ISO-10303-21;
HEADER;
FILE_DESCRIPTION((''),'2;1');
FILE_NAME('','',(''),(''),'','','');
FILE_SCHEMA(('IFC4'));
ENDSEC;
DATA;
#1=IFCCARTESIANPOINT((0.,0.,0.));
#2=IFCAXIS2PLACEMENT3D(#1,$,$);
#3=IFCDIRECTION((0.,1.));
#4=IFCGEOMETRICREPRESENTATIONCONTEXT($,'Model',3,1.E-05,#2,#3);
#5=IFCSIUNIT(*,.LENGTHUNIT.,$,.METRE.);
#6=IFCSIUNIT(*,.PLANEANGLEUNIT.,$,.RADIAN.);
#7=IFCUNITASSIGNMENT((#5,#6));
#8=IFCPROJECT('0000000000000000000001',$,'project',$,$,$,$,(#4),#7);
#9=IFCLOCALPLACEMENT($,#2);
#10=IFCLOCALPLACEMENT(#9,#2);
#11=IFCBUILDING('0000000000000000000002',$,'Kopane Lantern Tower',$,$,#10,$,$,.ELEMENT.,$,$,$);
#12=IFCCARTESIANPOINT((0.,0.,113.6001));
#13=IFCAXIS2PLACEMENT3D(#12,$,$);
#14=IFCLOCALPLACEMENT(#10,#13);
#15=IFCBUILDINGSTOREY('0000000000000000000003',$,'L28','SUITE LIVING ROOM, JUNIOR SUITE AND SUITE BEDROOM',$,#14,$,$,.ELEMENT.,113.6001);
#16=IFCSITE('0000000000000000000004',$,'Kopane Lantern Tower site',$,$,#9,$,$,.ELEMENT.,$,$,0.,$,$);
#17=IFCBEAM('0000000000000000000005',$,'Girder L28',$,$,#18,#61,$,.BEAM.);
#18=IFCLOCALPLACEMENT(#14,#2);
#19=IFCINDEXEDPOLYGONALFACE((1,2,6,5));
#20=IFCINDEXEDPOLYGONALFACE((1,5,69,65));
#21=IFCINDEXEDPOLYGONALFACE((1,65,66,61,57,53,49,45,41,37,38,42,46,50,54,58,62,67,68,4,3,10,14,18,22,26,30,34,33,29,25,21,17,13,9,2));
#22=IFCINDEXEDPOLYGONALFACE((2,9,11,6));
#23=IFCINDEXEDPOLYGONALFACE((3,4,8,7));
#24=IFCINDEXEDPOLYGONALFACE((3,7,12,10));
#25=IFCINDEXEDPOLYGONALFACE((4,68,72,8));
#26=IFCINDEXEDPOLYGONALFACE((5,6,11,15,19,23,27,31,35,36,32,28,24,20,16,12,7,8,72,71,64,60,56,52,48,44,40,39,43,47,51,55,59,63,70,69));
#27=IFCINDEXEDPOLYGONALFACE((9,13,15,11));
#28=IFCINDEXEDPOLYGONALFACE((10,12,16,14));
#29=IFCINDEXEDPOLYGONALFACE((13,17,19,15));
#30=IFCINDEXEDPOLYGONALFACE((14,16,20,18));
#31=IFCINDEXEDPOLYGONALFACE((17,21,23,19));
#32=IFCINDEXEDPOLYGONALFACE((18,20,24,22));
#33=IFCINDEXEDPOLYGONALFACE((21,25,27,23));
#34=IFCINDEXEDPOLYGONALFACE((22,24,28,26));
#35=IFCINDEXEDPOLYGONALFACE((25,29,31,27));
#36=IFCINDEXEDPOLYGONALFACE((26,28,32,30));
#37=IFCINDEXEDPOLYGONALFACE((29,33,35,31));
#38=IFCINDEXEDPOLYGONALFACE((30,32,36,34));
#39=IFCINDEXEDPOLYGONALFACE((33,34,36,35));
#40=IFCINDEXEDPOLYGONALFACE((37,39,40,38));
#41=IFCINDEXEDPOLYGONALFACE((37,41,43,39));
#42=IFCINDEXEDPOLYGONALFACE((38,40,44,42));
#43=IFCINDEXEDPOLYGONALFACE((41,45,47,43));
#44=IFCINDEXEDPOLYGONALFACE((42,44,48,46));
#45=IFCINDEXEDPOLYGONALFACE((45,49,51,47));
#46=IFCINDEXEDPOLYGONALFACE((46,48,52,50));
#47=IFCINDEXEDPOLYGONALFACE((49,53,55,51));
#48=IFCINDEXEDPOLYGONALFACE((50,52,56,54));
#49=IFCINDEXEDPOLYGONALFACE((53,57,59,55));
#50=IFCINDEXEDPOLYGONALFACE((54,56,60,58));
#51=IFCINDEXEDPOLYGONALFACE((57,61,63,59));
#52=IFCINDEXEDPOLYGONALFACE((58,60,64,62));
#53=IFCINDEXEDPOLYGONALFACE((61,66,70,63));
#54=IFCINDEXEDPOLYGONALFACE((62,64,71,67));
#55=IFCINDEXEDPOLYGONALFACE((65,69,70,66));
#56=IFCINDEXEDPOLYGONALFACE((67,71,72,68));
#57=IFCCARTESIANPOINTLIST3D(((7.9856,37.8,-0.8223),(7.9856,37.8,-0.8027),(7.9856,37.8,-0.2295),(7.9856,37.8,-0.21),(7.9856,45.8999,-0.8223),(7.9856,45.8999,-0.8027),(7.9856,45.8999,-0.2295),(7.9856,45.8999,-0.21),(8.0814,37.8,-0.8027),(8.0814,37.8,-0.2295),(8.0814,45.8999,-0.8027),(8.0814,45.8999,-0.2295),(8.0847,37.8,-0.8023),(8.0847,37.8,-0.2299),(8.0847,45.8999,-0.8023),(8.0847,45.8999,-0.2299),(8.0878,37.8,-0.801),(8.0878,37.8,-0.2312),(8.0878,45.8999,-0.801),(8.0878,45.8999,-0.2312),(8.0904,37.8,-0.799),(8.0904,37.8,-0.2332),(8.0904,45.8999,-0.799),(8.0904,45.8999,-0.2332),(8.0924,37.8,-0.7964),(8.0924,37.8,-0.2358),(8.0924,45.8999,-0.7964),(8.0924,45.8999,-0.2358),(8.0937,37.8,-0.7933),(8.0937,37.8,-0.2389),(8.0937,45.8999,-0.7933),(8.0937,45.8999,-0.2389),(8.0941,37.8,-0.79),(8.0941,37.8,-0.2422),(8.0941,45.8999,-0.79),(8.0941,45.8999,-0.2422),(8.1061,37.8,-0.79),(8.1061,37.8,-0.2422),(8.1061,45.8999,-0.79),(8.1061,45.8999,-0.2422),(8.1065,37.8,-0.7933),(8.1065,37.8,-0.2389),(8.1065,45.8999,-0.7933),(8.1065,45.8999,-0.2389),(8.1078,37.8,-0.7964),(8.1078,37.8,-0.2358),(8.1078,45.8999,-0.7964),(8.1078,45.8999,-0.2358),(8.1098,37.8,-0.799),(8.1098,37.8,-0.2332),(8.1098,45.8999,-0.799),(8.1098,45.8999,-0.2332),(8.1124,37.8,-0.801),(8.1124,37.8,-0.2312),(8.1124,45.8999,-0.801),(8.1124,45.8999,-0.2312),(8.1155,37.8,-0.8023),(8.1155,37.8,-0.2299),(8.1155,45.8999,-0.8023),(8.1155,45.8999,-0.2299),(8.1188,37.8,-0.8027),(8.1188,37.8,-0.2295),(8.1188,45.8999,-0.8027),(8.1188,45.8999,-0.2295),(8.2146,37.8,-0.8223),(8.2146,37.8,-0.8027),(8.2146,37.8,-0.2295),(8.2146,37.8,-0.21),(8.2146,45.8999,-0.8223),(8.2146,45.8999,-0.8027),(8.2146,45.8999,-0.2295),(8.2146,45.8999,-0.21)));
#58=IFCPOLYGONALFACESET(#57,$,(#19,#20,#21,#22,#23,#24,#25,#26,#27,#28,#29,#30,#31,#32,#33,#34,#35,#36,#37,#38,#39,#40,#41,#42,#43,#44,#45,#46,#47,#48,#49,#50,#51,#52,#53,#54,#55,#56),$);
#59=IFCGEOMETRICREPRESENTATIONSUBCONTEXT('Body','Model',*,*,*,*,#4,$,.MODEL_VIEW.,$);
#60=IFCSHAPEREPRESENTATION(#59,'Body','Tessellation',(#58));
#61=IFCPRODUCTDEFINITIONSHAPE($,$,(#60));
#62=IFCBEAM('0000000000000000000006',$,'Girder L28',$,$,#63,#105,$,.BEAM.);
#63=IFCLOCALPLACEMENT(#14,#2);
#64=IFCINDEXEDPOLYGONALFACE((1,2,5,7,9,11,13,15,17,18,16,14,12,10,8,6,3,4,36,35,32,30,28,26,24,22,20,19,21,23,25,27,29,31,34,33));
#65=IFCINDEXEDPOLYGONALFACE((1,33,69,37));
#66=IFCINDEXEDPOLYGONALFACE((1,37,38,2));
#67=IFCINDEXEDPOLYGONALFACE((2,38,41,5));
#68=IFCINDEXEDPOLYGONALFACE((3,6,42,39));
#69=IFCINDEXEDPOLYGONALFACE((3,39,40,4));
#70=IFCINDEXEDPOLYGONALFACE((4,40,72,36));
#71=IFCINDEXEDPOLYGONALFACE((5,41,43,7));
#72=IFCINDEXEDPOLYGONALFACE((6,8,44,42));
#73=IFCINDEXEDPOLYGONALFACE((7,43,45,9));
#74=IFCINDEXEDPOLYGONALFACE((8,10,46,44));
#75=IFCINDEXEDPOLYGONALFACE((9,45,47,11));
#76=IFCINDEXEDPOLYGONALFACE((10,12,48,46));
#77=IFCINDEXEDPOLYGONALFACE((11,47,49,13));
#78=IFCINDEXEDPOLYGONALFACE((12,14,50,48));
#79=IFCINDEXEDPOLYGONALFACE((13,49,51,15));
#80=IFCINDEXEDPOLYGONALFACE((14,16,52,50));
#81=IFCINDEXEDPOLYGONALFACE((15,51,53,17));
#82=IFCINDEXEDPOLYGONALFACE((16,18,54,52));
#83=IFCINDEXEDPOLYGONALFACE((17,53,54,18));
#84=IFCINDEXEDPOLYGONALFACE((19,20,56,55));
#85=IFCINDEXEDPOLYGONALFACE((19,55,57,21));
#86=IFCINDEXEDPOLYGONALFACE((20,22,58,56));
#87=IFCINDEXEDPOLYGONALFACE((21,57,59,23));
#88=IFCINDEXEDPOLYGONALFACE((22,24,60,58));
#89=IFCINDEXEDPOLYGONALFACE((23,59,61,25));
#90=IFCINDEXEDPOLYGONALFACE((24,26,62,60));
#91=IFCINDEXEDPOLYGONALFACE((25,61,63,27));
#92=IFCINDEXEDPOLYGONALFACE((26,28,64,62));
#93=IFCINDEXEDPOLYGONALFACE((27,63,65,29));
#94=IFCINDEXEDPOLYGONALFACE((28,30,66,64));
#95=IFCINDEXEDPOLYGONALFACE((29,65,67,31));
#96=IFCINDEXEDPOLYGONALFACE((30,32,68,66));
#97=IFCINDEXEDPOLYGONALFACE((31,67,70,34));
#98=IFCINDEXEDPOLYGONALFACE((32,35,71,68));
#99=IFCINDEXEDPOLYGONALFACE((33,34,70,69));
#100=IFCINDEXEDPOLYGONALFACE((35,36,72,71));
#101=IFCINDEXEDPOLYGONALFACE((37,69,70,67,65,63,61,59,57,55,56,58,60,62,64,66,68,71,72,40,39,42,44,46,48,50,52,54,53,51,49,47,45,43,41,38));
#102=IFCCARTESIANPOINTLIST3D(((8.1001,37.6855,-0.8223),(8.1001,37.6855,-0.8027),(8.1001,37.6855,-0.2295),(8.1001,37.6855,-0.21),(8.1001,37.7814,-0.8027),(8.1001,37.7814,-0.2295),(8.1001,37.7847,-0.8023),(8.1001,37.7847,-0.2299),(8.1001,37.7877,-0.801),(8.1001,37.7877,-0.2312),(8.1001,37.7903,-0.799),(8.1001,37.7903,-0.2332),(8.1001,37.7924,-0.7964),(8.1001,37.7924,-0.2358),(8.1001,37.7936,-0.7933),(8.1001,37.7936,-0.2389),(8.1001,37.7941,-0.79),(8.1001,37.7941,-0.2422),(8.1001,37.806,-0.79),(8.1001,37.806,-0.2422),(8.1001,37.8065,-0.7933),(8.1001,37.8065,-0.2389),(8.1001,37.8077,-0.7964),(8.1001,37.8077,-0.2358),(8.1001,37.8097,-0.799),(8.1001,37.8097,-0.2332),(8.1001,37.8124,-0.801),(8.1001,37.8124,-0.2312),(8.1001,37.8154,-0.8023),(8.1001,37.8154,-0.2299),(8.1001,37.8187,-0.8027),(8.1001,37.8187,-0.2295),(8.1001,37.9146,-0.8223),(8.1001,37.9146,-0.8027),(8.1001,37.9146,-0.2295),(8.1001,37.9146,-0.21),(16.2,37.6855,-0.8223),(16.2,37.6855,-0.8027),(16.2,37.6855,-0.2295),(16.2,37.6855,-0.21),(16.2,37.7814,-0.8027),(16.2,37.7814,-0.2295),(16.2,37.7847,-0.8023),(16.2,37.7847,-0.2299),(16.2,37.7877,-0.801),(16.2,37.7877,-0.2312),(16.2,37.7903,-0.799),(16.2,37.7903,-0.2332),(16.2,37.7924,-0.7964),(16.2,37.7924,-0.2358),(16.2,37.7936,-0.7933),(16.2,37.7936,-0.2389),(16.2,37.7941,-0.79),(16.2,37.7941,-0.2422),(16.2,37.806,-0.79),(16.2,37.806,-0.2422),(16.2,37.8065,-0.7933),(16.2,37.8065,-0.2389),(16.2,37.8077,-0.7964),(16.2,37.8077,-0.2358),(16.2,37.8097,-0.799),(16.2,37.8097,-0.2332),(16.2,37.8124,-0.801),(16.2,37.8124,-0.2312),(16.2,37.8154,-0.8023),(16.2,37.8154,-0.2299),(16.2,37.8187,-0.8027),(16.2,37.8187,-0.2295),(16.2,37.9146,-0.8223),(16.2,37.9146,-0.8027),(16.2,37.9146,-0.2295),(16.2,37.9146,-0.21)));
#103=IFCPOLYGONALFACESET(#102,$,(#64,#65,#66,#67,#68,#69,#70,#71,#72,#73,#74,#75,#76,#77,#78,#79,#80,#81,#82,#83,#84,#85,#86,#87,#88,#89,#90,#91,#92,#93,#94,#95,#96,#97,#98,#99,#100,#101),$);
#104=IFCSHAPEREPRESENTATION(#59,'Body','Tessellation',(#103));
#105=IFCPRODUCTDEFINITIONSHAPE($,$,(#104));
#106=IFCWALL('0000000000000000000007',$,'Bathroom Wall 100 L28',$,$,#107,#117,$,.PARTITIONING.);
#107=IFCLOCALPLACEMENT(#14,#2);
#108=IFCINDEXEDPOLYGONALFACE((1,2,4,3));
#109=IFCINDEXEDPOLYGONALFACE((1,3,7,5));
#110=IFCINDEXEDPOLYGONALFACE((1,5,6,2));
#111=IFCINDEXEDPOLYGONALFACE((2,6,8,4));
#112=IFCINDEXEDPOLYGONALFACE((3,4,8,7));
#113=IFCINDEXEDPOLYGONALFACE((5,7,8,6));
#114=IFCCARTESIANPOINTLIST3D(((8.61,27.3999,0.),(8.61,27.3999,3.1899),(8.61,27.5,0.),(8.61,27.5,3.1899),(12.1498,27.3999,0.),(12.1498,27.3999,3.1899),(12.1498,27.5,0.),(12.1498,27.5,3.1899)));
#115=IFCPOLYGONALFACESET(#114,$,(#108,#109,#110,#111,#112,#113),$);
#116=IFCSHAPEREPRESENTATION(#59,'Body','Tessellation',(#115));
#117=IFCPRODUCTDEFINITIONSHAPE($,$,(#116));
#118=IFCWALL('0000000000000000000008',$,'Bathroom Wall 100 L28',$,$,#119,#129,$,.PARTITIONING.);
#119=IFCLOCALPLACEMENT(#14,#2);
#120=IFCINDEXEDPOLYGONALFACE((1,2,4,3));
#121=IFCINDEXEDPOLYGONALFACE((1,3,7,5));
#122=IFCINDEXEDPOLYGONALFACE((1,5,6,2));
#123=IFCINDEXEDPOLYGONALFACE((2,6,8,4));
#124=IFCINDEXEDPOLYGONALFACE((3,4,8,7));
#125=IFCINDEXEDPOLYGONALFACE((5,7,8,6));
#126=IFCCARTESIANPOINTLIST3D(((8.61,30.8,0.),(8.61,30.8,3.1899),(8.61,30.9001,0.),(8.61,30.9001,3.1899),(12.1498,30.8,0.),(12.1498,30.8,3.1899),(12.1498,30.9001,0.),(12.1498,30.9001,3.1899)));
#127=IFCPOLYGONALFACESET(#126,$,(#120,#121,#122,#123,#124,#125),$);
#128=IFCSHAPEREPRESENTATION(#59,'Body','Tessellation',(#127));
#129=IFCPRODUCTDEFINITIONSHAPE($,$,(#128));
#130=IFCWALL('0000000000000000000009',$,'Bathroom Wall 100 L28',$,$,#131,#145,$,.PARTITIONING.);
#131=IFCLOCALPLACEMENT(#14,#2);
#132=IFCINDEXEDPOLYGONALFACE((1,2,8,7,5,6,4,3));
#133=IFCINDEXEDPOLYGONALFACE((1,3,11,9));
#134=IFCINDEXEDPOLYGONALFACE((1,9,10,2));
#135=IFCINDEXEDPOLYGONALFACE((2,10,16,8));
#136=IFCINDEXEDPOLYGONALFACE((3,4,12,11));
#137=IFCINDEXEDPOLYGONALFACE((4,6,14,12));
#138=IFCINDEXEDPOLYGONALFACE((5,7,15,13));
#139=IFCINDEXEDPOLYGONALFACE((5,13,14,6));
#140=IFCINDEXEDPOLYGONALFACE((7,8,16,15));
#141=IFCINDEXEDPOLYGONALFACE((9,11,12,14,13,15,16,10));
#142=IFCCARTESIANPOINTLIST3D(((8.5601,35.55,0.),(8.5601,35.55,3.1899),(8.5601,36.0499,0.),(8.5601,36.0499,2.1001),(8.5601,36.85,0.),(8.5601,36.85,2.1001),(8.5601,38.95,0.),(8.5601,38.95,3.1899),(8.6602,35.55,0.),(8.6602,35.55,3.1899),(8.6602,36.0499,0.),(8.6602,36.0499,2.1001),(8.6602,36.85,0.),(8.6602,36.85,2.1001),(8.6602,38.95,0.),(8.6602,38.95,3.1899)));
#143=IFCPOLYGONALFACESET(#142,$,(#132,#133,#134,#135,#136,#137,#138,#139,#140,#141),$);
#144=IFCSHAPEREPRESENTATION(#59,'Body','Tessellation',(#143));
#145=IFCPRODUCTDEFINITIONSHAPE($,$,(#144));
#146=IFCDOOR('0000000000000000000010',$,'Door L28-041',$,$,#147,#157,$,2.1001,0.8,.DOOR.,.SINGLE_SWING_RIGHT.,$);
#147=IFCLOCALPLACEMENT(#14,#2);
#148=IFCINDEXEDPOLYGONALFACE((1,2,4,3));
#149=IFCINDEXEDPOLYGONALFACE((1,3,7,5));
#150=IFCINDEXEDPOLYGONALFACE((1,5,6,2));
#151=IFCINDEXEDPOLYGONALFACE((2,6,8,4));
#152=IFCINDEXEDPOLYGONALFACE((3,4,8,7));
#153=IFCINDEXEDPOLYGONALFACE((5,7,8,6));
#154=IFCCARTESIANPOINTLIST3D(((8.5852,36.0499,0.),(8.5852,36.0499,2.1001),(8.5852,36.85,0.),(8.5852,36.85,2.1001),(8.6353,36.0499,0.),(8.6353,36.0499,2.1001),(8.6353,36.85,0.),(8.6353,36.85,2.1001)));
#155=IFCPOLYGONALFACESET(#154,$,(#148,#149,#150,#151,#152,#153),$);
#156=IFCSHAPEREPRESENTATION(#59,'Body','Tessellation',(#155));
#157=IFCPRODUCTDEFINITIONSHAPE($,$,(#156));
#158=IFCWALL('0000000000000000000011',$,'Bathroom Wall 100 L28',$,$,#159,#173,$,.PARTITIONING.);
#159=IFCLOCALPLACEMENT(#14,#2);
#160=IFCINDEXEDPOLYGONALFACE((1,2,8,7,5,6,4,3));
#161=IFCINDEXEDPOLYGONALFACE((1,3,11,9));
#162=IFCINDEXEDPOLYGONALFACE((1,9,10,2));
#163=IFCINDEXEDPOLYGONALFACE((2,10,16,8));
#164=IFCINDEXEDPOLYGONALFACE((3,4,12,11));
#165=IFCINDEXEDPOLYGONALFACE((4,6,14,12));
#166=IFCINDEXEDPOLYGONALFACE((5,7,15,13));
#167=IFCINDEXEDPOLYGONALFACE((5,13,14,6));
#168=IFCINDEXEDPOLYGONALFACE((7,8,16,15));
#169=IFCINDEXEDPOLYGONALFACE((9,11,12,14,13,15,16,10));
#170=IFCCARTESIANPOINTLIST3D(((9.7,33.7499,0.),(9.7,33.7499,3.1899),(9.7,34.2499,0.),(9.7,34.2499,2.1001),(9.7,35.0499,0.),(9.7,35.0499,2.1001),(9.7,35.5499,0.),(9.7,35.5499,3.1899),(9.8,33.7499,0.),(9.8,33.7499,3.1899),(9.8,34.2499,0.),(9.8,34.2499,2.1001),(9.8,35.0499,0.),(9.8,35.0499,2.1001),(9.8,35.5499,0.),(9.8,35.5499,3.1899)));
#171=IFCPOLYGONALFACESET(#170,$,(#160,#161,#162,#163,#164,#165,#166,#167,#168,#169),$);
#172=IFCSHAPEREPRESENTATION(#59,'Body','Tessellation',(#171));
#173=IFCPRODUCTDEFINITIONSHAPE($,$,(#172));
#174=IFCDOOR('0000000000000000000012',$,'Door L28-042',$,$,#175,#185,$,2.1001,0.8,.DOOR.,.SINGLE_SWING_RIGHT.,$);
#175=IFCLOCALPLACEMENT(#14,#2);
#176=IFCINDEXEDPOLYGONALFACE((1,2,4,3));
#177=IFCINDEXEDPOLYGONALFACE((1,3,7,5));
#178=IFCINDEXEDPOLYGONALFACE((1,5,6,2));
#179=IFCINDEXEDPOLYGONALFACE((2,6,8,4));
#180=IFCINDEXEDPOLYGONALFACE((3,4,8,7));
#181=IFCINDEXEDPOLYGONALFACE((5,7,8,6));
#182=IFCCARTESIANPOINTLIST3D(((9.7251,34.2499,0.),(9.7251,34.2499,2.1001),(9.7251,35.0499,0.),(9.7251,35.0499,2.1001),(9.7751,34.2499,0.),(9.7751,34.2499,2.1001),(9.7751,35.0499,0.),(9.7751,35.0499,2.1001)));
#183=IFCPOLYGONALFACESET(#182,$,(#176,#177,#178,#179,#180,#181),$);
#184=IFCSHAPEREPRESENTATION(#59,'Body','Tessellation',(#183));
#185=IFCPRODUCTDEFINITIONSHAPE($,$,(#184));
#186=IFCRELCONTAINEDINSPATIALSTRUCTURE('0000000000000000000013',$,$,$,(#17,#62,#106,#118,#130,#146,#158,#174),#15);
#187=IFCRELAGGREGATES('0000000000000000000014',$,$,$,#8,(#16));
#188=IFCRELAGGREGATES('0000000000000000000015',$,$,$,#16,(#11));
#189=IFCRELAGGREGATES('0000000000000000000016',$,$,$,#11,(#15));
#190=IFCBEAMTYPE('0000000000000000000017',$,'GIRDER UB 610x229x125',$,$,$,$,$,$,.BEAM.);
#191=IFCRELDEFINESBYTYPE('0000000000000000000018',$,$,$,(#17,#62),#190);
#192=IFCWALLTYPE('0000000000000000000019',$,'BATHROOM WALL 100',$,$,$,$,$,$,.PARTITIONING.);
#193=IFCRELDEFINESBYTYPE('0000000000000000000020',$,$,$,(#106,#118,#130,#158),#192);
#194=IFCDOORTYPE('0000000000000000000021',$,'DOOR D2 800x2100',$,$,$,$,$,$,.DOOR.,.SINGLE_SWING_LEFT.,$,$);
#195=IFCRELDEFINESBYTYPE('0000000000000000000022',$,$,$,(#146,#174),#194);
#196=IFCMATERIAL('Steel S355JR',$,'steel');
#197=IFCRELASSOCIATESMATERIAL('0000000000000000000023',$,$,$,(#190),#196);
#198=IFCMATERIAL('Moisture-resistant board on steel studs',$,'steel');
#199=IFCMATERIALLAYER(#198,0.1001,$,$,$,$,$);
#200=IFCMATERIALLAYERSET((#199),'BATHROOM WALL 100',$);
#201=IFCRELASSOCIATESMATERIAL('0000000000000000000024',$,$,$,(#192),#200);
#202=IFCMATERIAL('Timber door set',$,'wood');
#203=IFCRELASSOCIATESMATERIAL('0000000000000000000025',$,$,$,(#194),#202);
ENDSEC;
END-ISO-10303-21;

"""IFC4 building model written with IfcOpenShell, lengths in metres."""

from ifc_helpers import new_model, si_unit, direction, frame, frame_2d, origin, origin_2d, place, context, subcontext, project, spatial, rectangle, i_section, extrude, material, layer, layer_set, material_profile, profile_set, type_object, element, fill, save


model = new_model("IFC4")

# Units and contexts
model_context = context("Model", 3, precision=1e-05, world=origin(), true_north=direction((0.0, 1.0)))
body_context = subcontext(model_context, "Body", "Model", "MODEL_VIEW")
ifc_project = project(units=[si_unit("LENGTHUNIT", "METRE"), si_unit("PLANEANGLEUNIT", "RADIAN")], contexts=[model_context])

# Site, building, storey
site_placement = place(None, origin())
site = spatial("IfcSite", under=ifc_project, at=site_placement, Name="Kopane Lantern Tower site", CompositionType="ELEMENT", RefElevation=0.0)
building_placement = place(site_placement, origin())
building = spatial("IfcBuilding", under=site, at=building_placement, Name="Kopane Lantern Tower", CompositionType="ELEMENT")
storey_placement = place(building_placement, frame((0.0, 0.0, 113.6001)))
storey = spatial("IfcBuildingStorey", under=building, at=storey_placement, Name="L28", Description="SUITE LIVING ROOM, JUNIOR SUITE AND SUITE BEDROOM", CompositionType="ELEMENT", Elevation=113.6001)

# Beams
ifc_material_1 = material(Name="Steel S355JR", Category="steel")
ifc_material_profile_1 = material_profile(ifc_material_1, i_section(OverallWidth=0.229, OverallDepth=0.6123, WebThickness=0.012, FlangeThickness=0.0195, FilletRadius=0.0127, at=origin_2d()), Name="UB 610x229x125")
ifc_profile_set_1 = profile_set([ifc_material_profile_1], Name="Steel S355JR")
beam_type = type_object("IfcBeamType", Name="GIRDER UB 610x229x125", PredefinedType="BEAM", material=ifc_profile_set_1)
for number, where, z_axis, x_axis, name in (
    (1, (8.1001, 37.8, -0.5161), (0.0, 1.0, 0.0), (-1.0, 0.0, 0.0), "Girder L28"),
    (2, (8.1001, 37.8, -0.5161), (1.0, 0.0, 0.0), (0.0, 1.0, 0.0), "Girder L28"),
):
    element("IfcBeam", number, at=place(storey_placement, frame(where, z_axis=z_axis, x_axis=x_axis)), inside=storey, type_object=beam_type, Name=name, PredefinedType="BEAM", context=body_context, shape_type="SweptSolid", body=[
        extrude(i_section(OverallWidth=0.229, OverallDepth=0.6123, WebThickness=0.012, FlangeThickness=0.0195, FilletRadius=0.0127, at=origin_2d()), origin(), (0.0, 0.0, 1.0), 8.0999),
    ])

# Walls
ifc_material_2 = material(Name="Moisture-resistant board on steel studs", Category="steel")
ifc_layer_1 = layer(ifc_material_2, 0.1001)
ifc_layer_set_1 = layer_set([ifc_layer_1], Name="BATHROOM WALL 100")
wall_type_1 = type_object("IfcWallType", Name="BATHROOM WALL 100", PredefinedType="PARTITIONING", material=ifc_layer_set_1)
for number, where, z_axis, x_axis, name in (
    (3, (12.1499, 27.45, 0.0), (0.0, 0.0, 1.0), (-1.0, 0.0, 0.0), "Bathroom Wall 100 L28"),
    (4, (12.1499, 30.8501, 0.0), (0.0, 0.0, 1.0), (-1.0, 0.0, 0.0), "Bathroom Wall 100 L28"),
):
    element("IfcWall", number, at=place(storey_placement, frame(where, z_axis=z_axis, x_axis=x_axis)), inside=storey, type_object=wall_type_1, Name=name, PredefinedType="PARTITIONING", context=body_context, shape_type="SweptSolid", body=[
        extrude(rectangle(XDim=3.5398, YDim=0.1001, at=frame_2d((1.77, 0.0))), origin(), (0.0, 0.0, 1.0), 3.1899),
    ])

# Walls, openings, doors
wall_1_placement = place(storey_placement, frame((8.6101, 35.55, 0.0), z_axis=(0.0, 0.0, 1.0), x_axis=(0.0, 1.0, 0.0)))
wall_1 = element("IfcWall", 5, at=wall_1_placement, inside=storey, type_object=wall_type_1, Name="Bathroom Wall 100 L28", PredefinedType="PARTITIONING", context=body_context, shape_type="SweptSolid", body=[
    extrude(rectangle(XDim=3.3999, YDim=0.1001, at=frame_2d((1.7, 0.0))), origin(), (0.0, 0.0, 1.0), 3.1899),
])
opening_1_placement = place(wall_1_placement, frame((0.5, 0.0, 0.0)))
opening_1 = element("IfcOpeningElement", 6, at=opening_1_placement, cuts=wall_1, PredefinedType="OPENING", context=body_context, shape_type="SweptSolid", body=[
    extrude(rectangle(XDim=0.8, YDim=2.1001, at=frame_2d((0.3999, 1.05))), frame((0.0, 0.0601, 0.0), z_axis=(0.0, -1.0, 0.0), x_axis=(1.0, 0.0, 0.0)), (0.0, 0.0, 1.0), 0.1201),
])
ifc_material_3 = material(Name="Timber door set", Category="wood")
door_type = type_object("IfcDoorType", Name="DOOR D2 800x2100", OperationType="SINGLE_SWING_LEFT", PredefinedType="DOOR", material=ifc_material_3)
door_1_placement = place(opening_1_placement, origin())
door_1 = element("IfcDoor", 7, at=door_1_placement, inside=storey, type_object=door_type, Name="Door L28-041", OperationType="SINGLE_SWING_RIGHT", OverallHeight=2.1001, OverallWidth=0.8, PredefinedType="DOOR", context=body_context, shape_type="SweptSolid", body=[
    extrude(rectangle(XDim=0.8, YDim=2.1001, at=frame_2d((0.3999, 1.05))), frame((0.0, 0.0249, 0.0), z_axis=(0.0, -1.0, 0.0), x_axis=(1.0, 0.0, 0.0)), (0.0, 0.0, 1.0), 0.05),
])
fill(opening_1, door_1)
wall_2_placement = place(storey_placement, frame((9.75, 33.75, 0.0), z_axis=(0.0, 0.0, 1.0), x_axis=(0.0, 1.0, 0.0)))
wall_2 = element("IfcWall", 8, at=wall_2_placement, inside=storey, type_object=wall_type_1, Name="Bathroom Wall 100 L28", PredefinedType="PARTITIONING", context=body_context, shape_type="SweptSolid", body=[
    extrude(rectangle(XDim=1.8, YDim=0.1001, at=frame_2d((0.8999, 0.0))), origin(), (0.0, 0.0, 1.0), 3.1899),
])
opening_2_placement = place(wall_2_placement, frame((0.5, 0.0, 0.0)))
opening_2 = element("IfcOpeningElement", 9, at=opening_2_placement, cuts=wall_2, PredefinedType="OPENING", context=body_context, shape_type="SweptSolid", body=[
    extrude(rectangle(XDim=0.8, YDim=2.1001, at=frame_2d((0.3999, 1.05))), frame((0.0, 0.0601, 0.0), z_axis=(0.0, -1.0, 0.0), x_axis=(1.0, 0.0, 0.0)), (0.0, 0.0, 1.0), 0.1201),
])
door_2_placement = place(opening_2_placement, origin())
door_2 = element("IfcDoor", 10, at=door_2_placement, inside=storey, type_object=door_type, Name="Door L28-042", OperationType="SINGLE_SWING_RIGHT", OverallHeight=2.1001, OverallWidth=0.8, PredefinedType="DOOR", context=body_context, shape_type="SweptSolid", body=[
    extrude(rectangle(XDim=0.8, YDim=2.1001, at=frame_2d((0.3999, 1.05))), frame((0.0, 0.0249, 0.0), z_axis=(0.0, -1.0, 0.0), x_axis=(1.0, 0.0, 0.0)), (0.0, 0.0, 1.0), 0.05),
])
fill(opening_2, door_2)

save(model, "model.ifc")
